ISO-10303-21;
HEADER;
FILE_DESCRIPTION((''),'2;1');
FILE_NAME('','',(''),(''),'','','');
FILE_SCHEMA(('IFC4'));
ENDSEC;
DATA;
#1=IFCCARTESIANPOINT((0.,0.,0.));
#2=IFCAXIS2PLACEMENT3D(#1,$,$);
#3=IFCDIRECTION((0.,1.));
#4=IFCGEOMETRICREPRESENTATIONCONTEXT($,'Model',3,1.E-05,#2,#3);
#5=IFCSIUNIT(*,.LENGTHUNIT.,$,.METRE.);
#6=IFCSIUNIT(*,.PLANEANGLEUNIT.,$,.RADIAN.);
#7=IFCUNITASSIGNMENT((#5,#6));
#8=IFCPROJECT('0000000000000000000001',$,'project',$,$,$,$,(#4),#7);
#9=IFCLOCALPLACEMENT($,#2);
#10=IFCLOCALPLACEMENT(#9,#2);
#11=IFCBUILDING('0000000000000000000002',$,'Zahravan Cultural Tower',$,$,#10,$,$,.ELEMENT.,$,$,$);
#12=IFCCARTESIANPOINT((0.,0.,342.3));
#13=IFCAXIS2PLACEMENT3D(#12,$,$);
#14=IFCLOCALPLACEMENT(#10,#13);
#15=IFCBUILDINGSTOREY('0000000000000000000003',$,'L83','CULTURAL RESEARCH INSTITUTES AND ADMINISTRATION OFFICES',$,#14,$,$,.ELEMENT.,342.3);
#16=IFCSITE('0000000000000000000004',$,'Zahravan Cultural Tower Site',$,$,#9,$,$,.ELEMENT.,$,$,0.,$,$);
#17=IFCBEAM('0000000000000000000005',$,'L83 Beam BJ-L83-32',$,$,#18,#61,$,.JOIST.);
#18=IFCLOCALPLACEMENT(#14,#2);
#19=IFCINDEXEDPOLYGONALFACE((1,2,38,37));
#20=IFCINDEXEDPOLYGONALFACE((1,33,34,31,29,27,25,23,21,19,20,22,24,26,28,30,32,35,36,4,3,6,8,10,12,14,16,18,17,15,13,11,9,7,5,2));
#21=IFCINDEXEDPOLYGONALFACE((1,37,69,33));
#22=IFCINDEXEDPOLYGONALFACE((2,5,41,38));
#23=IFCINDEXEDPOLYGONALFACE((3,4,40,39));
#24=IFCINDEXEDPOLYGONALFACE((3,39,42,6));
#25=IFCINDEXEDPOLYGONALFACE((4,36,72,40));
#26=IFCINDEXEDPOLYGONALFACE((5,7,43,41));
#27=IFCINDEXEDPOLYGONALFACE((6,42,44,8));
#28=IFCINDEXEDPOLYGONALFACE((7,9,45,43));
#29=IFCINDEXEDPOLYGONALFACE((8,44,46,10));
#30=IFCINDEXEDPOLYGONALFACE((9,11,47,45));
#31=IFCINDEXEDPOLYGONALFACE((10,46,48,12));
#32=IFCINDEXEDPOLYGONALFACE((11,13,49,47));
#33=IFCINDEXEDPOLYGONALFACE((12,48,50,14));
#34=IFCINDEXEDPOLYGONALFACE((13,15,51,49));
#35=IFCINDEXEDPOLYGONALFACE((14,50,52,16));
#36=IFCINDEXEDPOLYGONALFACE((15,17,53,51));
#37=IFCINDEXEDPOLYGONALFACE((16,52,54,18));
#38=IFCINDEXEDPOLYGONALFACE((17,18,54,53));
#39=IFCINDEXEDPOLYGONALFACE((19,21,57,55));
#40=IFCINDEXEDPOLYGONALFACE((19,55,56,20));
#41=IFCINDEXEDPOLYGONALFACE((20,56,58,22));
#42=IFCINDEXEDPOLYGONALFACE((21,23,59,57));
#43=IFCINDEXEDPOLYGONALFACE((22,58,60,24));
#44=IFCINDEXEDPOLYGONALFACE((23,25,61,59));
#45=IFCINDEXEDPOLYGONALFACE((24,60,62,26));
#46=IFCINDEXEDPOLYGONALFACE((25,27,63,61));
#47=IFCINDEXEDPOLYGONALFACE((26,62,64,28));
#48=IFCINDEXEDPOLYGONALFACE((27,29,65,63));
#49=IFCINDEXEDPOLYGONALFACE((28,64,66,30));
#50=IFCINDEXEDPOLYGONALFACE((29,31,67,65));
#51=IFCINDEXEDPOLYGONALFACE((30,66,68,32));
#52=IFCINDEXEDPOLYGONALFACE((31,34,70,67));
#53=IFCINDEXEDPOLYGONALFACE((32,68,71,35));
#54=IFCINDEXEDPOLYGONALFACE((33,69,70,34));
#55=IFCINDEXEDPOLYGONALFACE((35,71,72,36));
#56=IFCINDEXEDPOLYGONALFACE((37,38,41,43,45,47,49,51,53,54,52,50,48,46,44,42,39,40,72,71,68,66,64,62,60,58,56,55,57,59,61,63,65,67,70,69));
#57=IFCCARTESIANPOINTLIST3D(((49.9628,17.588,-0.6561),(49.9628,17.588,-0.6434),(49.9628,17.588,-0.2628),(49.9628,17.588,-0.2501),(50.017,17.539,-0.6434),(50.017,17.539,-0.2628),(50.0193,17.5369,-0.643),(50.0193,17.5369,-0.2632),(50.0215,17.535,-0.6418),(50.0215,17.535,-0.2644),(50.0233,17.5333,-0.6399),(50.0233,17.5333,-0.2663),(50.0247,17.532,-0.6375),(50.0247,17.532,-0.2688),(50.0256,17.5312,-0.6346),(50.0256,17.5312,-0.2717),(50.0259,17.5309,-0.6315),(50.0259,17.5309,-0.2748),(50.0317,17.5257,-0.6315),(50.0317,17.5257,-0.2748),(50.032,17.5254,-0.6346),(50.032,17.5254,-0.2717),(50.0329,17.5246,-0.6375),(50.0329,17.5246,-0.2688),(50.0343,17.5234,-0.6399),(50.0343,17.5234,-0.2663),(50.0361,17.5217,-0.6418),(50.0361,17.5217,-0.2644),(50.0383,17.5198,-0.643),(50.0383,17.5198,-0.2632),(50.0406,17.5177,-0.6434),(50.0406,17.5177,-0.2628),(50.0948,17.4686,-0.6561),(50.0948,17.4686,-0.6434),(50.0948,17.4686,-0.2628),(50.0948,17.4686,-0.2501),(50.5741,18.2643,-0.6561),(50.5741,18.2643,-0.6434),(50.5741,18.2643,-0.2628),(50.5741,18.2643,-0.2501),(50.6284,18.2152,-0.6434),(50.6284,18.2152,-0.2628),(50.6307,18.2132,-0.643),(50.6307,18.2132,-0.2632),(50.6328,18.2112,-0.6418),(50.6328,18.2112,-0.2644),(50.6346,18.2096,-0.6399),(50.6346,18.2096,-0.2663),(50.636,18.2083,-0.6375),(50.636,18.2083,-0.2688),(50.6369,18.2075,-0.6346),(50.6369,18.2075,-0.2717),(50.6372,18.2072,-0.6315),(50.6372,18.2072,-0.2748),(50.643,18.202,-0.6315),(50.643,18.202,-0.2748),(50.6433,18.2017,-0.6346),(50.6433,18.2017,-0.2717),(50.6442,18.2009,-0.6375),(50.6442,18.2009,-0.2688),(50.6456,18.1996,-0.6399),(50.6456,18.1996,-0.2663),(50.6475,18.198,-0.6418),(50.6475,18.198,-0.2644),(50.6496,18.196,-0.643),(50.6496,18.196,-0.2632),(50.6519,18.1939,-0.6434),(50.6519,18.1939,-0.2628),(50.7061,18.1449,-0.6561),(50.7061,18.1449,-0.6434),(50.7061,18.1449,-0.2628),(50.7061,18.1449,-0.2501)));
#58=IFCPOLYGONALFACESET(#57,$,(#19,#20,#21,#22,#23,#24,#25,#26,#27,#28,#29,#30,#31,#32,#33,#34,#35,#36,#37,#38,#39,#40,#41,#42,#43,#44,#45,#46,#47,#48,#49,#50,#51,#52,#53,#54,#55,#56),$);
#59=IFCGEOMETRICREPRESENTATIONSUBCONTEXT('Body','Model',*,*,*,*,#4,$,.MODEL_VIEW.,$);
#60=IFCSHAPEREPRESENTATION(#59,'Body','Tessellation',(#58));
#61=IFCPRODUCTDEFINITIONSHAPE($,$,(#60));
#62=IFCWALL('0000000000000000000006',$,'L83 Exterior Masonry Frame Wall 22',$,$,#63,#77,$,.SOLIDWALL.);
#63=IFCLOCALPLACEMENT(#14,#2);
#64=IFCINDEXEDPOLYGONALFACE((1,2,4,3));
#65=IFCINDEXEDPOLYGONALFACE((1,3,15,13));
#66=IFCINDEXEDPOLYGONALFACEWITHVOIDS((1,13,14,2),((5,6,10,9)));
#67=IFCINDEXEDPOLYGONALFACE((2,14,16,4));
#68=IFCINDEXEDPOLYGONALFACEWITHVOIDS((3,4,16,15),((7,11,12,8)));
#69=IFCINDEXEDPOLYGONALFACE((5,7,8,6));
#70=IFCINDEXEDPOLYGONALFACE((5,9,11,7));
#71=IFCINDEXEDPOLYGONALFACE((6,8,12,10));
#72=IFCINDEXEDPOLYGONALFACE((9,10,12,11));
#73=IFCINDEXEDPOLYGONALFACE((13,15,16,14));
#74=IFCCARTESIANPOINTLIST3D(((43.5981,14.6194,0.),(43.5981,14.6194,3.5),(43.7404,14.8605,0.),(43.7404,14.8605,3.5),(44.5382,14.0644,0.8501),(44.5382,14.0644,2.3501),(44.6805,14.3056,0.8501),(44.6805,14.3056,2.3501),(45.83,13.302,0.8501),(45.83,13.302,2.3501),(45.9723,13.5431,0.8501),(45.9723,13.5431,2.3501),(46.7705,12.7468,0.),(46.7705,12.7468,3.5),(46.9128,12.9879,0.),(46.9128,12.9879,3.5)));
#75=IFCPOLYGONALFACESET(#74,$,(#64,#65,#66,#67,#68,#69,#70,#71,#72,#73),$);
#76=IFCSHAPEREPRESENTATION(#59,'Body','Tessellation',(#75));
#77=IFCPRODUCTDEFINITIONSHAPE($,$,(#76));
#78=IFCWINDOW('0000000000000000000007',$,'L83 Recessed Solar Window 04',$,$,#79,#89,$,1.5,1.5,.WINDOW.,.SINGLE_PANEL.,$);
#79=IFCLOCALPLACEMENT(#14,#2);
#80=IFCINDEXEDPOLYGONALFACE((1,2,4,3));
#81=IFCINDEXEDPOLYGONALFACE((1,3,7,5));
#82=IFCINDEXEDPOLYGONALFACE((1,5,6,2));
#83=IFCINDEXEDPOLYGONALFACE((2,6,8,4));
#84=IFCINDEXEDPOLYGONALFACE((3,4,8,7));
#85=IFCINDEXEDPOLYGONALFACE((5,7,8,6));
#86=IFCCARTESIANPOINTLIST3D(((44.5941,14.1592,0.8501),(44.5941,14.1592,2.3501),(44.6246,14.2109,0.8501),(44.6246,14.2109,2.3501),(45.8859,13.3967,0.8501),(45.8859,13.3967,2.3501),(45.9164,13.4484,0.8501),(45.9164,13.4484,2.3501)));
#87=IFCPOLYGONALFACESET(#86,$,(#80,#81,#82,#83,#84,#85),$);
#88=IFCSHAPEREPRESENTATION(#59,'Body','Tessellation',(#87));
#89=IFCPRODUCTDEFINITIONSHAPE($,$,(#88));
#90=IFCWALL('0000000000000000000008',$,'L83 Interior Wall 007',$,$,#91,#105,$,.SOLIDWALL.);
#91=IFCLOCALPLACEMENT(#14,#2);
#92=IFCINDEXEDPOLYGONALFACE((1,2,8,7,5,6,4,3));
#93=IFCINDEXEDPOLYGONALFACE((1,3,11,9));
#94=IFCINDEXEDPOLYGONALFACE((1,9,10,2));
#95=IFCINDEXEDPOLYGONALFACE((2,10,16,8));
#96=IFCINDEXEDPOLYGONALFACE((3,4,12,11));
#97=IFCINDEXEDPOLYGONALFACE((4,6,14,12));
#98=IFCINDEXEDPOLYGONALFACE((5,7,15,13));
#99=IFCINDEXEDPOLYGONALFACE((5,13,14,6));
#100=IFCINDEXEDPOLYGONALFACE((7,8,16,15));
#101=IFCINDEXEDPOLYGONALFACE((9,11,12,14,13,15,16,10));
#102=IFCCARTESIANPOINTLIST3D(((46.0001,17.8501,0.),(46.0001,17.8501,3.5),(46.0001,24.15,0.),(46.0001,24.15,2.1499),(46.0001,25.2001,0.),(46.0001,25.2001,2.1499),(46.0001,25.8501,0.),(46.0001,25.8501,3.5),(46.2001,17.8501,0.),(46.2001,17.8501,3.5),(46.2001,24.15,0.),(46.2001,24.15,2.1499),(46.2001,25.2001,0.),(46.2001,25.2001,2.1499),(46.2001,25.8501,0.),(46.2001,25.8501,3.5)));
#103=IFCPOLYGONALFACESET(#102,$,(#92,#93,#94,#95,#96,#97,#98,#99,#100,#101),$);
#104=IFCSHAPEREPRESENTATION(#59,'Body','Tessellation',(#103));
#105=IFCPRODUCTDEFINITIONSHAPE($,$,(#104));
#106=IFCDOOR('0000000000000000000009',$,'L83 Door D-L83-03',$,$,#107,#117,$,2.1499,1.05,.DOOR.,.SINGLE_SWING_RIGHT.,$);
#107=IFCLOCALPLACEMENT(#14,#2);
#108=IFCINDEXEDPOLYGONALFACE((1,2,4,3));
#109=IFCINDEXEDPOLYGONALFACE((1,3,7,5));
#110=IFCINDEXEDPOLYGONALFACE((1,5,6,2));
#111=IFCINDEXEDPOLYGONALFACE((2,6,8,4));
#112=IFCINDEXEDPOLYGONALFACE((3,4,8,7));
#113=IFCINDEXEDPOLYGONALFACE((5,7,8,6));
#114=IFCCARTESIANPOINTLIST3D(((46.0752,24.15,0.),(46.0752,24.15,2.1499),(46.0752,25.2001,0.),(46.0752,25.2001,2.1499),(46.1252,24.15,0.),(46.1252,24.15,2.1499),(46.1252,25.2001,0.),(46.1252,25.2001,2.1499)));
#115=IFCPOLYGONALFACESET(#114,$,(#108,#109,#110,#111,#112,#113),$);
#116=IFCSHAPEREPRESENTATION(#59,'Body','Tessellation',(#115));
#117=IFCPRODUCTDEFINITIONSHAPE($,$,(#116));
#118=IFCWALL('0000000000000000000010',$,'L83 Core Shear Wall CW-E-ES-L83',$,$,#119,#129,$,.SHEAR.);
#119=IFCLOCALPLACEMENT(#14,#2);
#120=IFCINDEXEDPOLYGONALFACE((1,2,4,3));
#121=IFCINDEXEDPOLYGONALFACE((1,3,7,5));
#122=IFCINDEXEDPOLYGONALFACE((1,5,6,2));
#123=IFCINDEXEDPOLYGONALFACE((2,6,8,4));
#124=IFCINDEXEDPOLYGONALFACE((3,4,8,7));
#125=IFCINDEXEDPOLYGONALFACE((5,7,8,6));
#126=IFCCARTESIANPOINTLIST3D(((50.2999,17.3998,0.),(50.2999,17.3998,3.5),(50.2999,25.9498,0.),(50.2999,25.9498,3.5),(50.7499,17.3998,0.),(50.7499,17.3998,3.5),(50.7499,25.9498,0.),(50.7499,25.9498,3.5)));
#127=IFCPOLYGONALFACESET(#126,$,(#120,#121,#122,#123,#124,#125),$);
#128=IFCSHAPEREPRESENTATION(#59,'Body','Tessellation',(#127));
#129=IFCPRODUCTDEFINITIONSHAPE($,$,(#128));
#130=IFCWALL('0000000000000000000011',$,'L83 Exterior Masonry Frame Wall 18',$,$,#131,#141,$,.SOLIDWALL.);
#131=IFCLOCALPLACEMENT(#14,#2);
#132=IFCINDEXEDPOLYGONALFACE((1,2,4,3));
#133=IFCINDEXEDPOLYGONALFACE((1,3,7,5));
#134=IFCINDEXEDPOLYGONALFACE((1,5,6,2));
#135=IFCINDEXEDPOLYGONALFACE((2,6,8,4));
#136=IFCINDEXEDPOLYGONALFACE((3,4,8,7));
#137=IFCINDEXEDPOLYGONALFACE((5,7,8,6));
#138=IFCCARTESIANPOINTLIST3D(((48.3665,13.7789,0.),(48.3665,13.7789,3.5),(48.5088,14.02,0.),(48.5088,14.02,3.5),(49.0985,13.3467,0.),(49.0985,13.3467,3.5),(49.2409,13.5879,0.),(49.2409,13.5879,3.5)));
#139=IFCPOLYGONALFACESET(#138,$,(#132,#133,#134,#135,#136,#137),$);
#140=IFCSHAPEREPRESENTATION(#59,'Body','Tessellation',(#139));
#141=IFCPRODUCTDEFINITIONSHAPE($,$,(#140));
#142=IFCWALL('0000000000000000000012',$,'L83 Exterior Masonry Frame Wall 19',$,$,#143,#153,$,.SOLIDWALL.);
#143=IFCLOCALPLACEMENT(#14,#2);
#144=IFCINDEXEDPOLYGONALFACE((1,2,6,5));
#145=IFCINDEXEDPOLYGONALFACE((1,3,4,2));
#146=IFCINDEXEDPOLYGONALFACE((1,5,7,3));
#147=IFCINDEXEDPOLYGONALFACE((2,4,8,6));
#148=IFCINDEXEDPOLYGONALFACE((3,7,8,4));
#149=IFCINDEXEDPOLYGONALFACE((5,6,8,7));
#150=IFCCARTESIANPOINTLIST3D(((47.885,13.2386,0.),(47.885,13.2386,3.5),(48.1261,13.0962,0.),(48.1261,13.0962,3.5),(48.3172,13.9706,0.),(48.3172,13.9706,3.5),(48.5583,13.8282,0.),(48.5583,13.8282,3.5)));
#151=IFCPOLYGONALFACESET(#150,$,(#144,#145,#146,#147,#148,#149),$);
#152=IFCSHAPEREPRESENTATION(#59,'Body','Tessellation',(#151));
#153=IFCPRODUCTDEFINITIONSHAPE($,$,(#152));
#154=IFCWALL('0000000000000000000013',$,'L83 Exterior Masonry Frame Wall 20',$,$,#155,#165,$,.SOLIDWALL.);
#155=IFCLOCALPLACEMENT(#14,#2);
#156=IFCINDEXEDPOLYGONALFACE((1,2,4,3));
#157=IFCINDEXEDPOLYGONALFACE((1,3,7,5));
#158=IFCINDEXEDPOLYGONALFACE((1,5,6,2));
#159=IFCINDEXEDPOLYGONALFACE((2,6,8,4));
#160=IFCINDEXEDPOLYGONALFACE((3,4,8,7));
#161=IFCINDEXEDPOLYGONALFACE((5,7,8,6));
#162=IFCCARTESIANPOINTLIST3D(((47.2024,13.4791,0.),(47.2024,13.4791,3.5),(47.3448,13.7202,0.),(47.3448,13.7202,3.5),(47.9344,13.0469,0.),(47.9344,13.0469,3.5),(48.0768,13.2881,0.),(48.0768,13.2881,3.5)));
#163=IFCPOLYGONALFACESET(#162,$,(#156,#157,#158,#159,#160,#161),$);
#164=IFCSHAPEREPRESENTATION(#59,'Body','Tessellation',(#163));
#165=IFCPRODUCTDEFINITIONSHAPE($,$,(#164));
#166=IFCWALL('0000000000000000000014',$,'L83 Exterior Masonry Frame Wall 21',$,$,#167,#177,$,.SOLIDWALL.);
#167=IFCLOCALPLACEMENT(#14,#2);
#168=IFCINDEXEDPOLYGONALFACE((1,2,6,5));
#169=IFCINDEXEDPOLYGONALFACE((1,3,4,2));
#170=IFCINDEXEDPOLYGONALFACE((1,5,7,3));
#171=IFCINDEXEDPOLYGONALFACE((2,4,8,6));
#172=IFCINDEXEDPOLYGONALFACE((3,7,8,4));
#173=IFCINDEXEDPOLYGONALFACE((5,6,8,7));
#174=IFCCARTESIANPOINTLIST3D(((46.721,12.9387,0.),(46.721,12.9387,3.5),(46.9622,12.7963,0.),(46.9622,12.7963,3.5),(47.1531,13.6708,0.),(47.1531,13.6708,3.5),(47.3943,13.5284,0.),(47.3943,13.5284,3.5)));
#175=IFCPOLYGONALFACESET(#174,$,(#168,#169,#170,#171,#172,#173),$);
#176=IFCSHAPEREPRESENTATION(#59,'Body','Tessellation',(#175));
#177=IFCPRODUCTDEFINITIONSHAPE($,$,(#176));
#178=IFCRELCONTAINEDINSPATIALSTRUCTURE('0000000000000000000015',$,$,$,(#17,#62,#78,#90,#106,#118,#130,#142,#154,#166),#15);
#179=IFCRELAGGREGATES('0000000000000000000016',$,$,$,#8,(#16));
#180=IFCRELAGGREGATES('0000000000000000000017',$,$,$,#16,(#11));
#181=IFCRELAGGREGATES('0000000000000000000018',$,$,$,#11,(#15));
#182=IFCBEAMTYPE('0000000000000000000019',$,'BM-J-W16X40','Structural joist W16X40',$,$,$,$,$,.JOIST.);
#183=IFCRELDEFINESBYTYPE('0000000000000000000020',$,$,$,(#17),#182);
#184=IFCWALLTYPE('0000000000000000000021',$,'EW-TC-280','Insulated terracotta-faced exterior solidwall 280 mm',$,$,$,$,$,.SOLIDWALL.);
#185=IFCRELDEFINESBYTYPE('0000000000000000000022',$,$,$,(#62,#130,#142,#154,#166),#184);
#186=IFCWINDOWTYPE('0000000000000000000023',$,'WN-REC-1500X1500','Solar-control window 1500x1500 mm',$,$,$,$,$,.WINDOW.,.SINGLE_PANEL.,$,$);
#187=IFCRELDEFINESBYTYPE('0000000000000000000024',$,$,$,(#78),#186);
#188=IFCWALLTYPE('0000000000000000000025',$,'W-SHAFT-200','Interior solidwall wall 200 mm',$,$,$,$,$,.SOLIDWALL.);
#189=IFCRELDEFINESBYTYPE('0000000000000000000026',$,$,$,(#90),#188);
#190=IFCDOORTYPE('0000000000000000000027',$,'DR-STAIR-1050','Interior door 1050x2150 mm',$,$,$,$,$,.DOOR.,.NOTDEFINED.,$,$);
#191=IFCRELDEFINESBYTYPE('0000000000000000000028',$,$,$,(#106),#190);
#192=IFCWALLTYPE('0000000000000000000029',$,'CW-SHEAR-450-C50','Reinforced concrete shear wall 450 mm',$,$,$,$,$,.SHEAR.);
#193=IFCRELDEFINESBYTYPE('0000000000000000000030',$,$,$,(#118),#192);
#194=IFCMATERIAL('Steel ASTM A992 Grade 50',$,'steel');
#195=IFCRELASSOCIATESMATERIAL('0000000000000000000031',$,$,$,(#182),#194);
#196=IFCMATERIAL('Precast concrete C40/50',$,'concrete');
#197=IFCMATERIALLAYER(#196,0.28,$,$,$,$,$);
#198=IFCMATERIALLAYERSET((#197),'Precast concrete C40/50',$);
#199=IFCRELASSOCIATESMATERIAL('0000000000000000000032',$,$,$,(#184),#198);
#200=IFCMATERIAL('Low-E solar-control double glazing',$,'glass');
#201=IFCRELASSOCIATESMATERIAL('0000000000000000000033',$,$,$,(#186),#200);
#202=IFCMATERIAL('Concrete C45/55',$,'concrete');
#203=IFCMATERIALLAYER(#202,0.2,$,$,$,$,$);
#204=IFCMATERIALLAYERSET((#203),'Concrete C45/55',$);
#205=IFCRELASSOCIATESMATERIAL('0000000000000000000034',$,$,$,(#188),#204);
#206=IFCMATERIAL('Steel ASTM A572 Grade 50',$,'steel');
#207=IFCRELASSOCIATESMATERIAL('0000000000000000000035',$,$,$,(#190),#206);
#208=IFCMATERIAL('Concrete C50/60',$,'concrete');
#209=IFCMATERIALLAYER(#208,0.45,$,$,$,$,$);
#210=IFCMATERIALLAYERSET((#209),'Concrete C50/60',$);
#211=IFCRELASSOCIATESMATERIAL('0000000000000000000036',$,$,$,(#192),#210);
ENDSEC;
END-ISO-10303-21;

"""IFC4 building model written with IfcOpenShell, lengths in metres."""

from ifc_helpers import new_model, si_unit, direction, frame, frame_2d, origin, origin_2d, place, context, subcontext, project, spatial, rectangle, i_section, extrude, source, transform, mapped, material, layer, layer_set, material_profile, profile_set, type_object, element, fill, save


model = new_model("IFC4")

# Units and contexts
model_context = context("Model", 3, precision=1e-05, world=origin(), true_north=direction((0.0, 1.0)))
body_context = subcontext(model_context, "Body", "Model", "MODEL_VIEW")
ifc_project = project(units=[si_unit("LENGTHUNIT", "METRE"), si_unit("PLANEANGLEUNIT", "RADIAN")], contexts=[model_context])

# Site, building, storey
site_placement = place(None, origin())
site = spatial("IfcSite", under=ifc_project, at=site_placement, Name="Zahravan Cultural Tower Site", CompositionType="ELEMENT", RefElevation=0.0)
building_placement = place(site_placement, origin())
building = spatial("IfcBuilding", under=site, at=building_placement, Name="Zahravan Cultural Tower", CompositionType="ELEMENT")
storey_placement = place(building_placement, frame((0.0, 0.0, 342.3)))
storey = spatial("IfcBuildingStorey", under=building, at=storey_placement, Name="L83", Description="CULTURAL RESEARCH INSTITUTES AND ADMINISTRATION OFFICES", CompositionType="ELEMENT", Elevation=342.3)

# Shared definitions
ifc_material_1 = material(Name="Concrete C50/60", Category="concrete")
ifc_material_2 = material(Name="Steel ASTM A992 Grade 50", Category="steel")

# Beam
ifc_material_profile_1 = material_profile(ifc_material_2, i_section(OverallWidth=0.178, OverallDepth=0.406, WebThickness=0.0078, FlangeThickness=0.0127, FilletRadius=0.012, at=origin_2d()), Name="W16X40")
ifc_profile_set_1 = profile_set([ifc_material_profile_1], Name="Steel ASTM A992 Grade 50")
beam_type_1 = type_object("IfcBeamType", Name="BM-J-W16X40", Description="Structural joist W16X40", PredefinedType="JOIST", material=ifc_profile_set_1)
shared_shape_1 = source(origin(), body_context, "Body", "SweptSolid", [
    extrude(i_section(OverallWidth=0.178, OverallDepth=0.406, WebThickness=0.0078, FlangeThickness=0.0127, FilletRadius=0.012, at=origin_2d()), origin(), (0.0, 0.0, 1.0), 0.9116),
])
beam_1_placement = place(storey_placement, frame((50.0288, 17.5283, -0.4531), z_axis=(0.670591, 0.741828, 0.0), x_axis=(-0.741828, 0.670591, 0.0)))
element("IfcBeam", 1, at=beam_1_placement, inside=storey, type_object=beam_type_1, Name="L83 Beam BJ-L83-32", PredefinedType="JOIST", context=body_context, shape_type="MappedRepresentation", body=[
    mapped(shared_shape_1, transform((0.0, 0.0, 0.0), x_axis=(1.0, 0.0, 0.0), y_axis=(0.0, 1.0, 0.0), z_axis=(0.0, 0.0, 1.0), scale=1.0)),
])

# Wall, opening, window
ifc_material_3 = material(Name="Precast concrete C40/50", Category="concrete")
ifc_layer_1 = layer(ifc_material_3, 0.28)
ifc_layer_set_1 = layer_set([ifc_layer_1], Name="Precast concrete C40/50")
wall_type_1 = type_object("IfcWallType", Name="EW-TC-280", Description="Insulated terracotta-faced exterior solidwall 280 mm", PredefinedType="SOLIDWALL", material=ifc_layer_set_1)
wall_1_placement = place(storey_placement, frame((46.8416, 12.8674, 0.0), z_axis=(0.0, 0.0, 1.0), x_axis=(-0.861167, 0.508323, 0.0)))
wall_1 = element("IfcWall", 2, at=wall_1_placement, inside=storey, type_object=wall_type_1, Name="L83 Exterior Masonry Frame Wall 22", PredefinedType="SOLIDWALL", context=body_context, shape_type="SweptSolid", body=[
    extrude(rectangle(XDim=3.6838, YDim=0.28, at=frame_2d((1.8418, 0.0))), origin(), (0.0, 0.0, 1.0), 3.5),
])
opening_1_placement = place(wall_1_placement, frame((1.092, 0.0, 0.8501)))
opening_1 = element("IfcOpeningElement", 3, at=opening_1_placement, cuts=wall_1, PredefinedType="OPENING", context=body_context, shape_type="SweptSolid", body=[
    extrude(rectangle(XDim=1.5, YDim=1.5, at=frame_2d((0.75, 0.75))), frame((0.0, 0.1499, 0.0), z_axis=(0.0, -1.0, 0.0), x_axis=(1.0, 0.0, 0.0)), (0.0, 0.0, 1.0), 0.3),
])
ifc_material_4 = material(Name="Low-E solar-control double glazing", Category="glass")
window_type = type_object("IfcWindowType", Name="WN-REC-1500X1500", Description="Solar-control window 1500x1500 mm", PartitioningType="SINGLE_PANEL", PredefinedType="WINDOW", material=ifc_material_4)
shared_shape_2 = source(origin(), body_context, "Body", "SweptSolid", [
    extrude(rectangle(XDim=1.5, YDim=1.5, at=frame_2d((0.75, 0.75))), frame((0.0, 0.03, 0.0), z_axis=(0.0, -1.0, 0.0), x_axis=(1.0, 0.0, 0.0)), (0.0, 0.0, 1.0), 0.0601),
])
window_placement = place(opening_1_placement, origin())
window = element("IfcWindow", 4, at=window_placement, inside=storey, type_object=window_type, Name="L83 Recessed Solar Window 04", OverallHeight=1.5, OverallWidth=1.5, PartitioningType="SINGLE_PANEL", PredefinedType="WINDOW", context=body_context, shape_type="MappedRepresentation", body=[
    mapped(shared_shape_2, transform((0.0, 0.0, 0.0), x_axis=(1.0, 0.0, 0.0), y_axis=(0.0, 1.0, 0.0), z_axis=(0.0, 0.0, 1.0), scale=1.0)),
])
fill(opening_1, window)

# Wall, opening, door
ifc_material_5 = material(Name="Concrete C45/55", Category="concrete")
ifc_layer_2 = layer(ifc_material_5, 0.2)
ifc_layer_set_2 = layer_set([ifc_layer_2], Name="Concrete C45/55")
wall_type_2 = type_object("IfcWallType", Name="W-SHAFT-200", Description="Interior solidwall wall 200 mm", PredefinedType="SOLIDWALL", material=ifc_layer_set_2)
wall_2_placement = place(storey_placement, frame((46.1001, 17.8501, 0.0), z_axis=(0.0, 0.0, 1.0), x_axis=(0.0, 1.0, 0.0)))
wall_2 = element("IfcWall", 5, at=wall_2_placement, inside=storey, type_object=wall_type_2, Name="L83 Interior Wall 007", PredefinedType="SOLIDWALL", context=body_context, shape_type="SweptSolid", body=[
    extrude(rectangle(XDim=8.0, YDim=0.2, at=frame_2d((4.0, 0.0))), origin(), (0.0, 0.0, 1.0), 3.5),
])
opening_2_placement = place(wall_2_placement, frame((6.3, 0.0, 0.0)))
opening_2 = element("IfcOpeningElement", 6, at=opening_2_placement, cuts=wall_2, PredefinedType="OPENING", context=body_context, shape_type="SweptSolid", body=[
    extrude(rectangle(XDim=1.05, YDim=2.1499, at=frame_2d((0.5249, 1.075))), frame((0.0, 0.1099, 0.0), z_axis=(0.0, -1.0, 0.0), x_axis=(1.0, 0.0, 0.0)), (0.0, 0.0, 1.0), 0.22),
])
ifc_material_6 = material(Name="Steel ASTM A572 Grade 50", Category="steel")
door_type = type_object("IfcDoorType", Name="DR-STAIR-1050", Description="Interior door 1050x2150 mm", OperationType="NOTDEFINED", PredefinedType="DOOR", material=ifc_material_6)
shared_shape_3 = source(origin(), body_context, "Body", "SweptSolid", [
    extrude(rectangle(XDim=1.05, YDim=2.1499, at=frame_2d((0.5249, 1.075))), frame((0.0, 0.0249, 0.0), z_axis=(0.0, -1.0, 0.0), x_axis=(1.0, 0.0, 0.0)), (0.0, 0.0, 1.0), 0.05),
])
door_placement = place(opening_2_placement, origin())
door = element("IfcDoor", 7, at=door_placement, inside=storey, type_object=door_type, Name="L83 Door D-L83-03", OperationType="SINGLE_SWING_RIGHT", OverallHeight=2.1499, OverallWidth=1.05, PredefinedType="DOOR", context=body_context, shape_type="MappedRepresentation", body=[
    mapped(shared_shape_3, transform((0.0, 0.0, 0.0), x_axis=(1.0, 0.0, 0.0), y_axis=(0.0, 1.0, 0.0), z_axis=(0.0, 0.0, 1.0), scale=1.0)),
])
fill(opening_2, door)

# Walls
ifc_layer_3 = layer(ifc_material_1, 0.45)
ifc_layer_set_3 = layer_set([ifc_layer_3], Name="Concrete C50/60")
wall_type_3 = type_object("IfcWallType", Name="CW-SHEAR-450-C50", Description="Reinforced concrete shear wall 450 mm", PredefinedType="SHEAR", material=ifc_layer_set_3)
shared_shape_4 = source(origin(), body_context, "Body", "SweptSolid", [
    extrude(rectangle(XDim=8.55, YDim=0.45, at=frame_2d((4.2749, 0.0))), origin(), (0.0, 0.0, 1.0), 3.5),
])
wall_3_placement = place(storey_placement, frame((50.5249, 17.3999, 0.0), z_axis=(0.0, 0.0, 1.0), x_axis=(0.0, 1.0, 0.0)))
element("IfcWall", 8, at=wall_3_placement, inside=storey, type_object=wall_type_3, Name="L83 Core Shear Wall CW-E-ES-L83", PredefinedType="SHEAR", context=body_context, shape_type="MappedRepresentation", body=[
    mapped(shared_shape_4, transform((0.0, 0.0, 0.0), x_axis=(1.0, 0.0, 0.0), y_axis=(0.0, 1.0, 0.0), z_axis=(0.0, 0.0, 1.0), scale=1.0)),
])
shared_shape_5 = source(origin(), body_context, "Body", "SweptSolid", [
    extrude(rectangle(XDim=0.8501, YDim=0.28, at=frame_2d((0.425, 0.0))), origin(), (0.0, 0.0, 1.0), 3.5),
])
for number, where, z_axis, x_axis, name in (
    (9, (49.1697, 13.4673, 0.0), (0.0, 0.0, 1.0), (-0.861121, 0.5084, 0.0), "L83 Exterior Masonry Frame Wall 18"),
    (10, (48.4377, 13.8994, 0.0), (0.0, 0.0, 1.0), (-0.5084, -0.861121, 0.0), "L83 Exterior Masonry Frame Wall 19"),
    (11, (48.0056, 13.1675, 0.0), (0.0, 0.0, 1.0), (-0.861121, 0.5084, 0.0), "L83 Exterior Masonry Frame Wall 20"),
    (12, (47.2737, 13.5996, 0.0), (0.0, 0.0, 1.0), (-0.508275, -0.861195, 0.0), "L83 Exterior Masonry Frame Wall 21"),
):
    element("IfcWall", number, at=place(storey_placement, frame(where, z_axis=z_axis, x_axis=x_axis)), inside=storey, type_object=wall_type_1, Name=name, PredefinedType="SOLIDWALL", context=body_context, shape_type="MappedRepresentation", body=[
        mapped(shared_shape_5, transform((0.0, 0.0, 0.0), x_axis=(1.0, 0.0, 0.0), y_axis=(0.0, 1.0, 0.0), z_axis=(0.0, 0.0, 1.0), scale=1.0)),
    ])

save(model, "model.ifc")
